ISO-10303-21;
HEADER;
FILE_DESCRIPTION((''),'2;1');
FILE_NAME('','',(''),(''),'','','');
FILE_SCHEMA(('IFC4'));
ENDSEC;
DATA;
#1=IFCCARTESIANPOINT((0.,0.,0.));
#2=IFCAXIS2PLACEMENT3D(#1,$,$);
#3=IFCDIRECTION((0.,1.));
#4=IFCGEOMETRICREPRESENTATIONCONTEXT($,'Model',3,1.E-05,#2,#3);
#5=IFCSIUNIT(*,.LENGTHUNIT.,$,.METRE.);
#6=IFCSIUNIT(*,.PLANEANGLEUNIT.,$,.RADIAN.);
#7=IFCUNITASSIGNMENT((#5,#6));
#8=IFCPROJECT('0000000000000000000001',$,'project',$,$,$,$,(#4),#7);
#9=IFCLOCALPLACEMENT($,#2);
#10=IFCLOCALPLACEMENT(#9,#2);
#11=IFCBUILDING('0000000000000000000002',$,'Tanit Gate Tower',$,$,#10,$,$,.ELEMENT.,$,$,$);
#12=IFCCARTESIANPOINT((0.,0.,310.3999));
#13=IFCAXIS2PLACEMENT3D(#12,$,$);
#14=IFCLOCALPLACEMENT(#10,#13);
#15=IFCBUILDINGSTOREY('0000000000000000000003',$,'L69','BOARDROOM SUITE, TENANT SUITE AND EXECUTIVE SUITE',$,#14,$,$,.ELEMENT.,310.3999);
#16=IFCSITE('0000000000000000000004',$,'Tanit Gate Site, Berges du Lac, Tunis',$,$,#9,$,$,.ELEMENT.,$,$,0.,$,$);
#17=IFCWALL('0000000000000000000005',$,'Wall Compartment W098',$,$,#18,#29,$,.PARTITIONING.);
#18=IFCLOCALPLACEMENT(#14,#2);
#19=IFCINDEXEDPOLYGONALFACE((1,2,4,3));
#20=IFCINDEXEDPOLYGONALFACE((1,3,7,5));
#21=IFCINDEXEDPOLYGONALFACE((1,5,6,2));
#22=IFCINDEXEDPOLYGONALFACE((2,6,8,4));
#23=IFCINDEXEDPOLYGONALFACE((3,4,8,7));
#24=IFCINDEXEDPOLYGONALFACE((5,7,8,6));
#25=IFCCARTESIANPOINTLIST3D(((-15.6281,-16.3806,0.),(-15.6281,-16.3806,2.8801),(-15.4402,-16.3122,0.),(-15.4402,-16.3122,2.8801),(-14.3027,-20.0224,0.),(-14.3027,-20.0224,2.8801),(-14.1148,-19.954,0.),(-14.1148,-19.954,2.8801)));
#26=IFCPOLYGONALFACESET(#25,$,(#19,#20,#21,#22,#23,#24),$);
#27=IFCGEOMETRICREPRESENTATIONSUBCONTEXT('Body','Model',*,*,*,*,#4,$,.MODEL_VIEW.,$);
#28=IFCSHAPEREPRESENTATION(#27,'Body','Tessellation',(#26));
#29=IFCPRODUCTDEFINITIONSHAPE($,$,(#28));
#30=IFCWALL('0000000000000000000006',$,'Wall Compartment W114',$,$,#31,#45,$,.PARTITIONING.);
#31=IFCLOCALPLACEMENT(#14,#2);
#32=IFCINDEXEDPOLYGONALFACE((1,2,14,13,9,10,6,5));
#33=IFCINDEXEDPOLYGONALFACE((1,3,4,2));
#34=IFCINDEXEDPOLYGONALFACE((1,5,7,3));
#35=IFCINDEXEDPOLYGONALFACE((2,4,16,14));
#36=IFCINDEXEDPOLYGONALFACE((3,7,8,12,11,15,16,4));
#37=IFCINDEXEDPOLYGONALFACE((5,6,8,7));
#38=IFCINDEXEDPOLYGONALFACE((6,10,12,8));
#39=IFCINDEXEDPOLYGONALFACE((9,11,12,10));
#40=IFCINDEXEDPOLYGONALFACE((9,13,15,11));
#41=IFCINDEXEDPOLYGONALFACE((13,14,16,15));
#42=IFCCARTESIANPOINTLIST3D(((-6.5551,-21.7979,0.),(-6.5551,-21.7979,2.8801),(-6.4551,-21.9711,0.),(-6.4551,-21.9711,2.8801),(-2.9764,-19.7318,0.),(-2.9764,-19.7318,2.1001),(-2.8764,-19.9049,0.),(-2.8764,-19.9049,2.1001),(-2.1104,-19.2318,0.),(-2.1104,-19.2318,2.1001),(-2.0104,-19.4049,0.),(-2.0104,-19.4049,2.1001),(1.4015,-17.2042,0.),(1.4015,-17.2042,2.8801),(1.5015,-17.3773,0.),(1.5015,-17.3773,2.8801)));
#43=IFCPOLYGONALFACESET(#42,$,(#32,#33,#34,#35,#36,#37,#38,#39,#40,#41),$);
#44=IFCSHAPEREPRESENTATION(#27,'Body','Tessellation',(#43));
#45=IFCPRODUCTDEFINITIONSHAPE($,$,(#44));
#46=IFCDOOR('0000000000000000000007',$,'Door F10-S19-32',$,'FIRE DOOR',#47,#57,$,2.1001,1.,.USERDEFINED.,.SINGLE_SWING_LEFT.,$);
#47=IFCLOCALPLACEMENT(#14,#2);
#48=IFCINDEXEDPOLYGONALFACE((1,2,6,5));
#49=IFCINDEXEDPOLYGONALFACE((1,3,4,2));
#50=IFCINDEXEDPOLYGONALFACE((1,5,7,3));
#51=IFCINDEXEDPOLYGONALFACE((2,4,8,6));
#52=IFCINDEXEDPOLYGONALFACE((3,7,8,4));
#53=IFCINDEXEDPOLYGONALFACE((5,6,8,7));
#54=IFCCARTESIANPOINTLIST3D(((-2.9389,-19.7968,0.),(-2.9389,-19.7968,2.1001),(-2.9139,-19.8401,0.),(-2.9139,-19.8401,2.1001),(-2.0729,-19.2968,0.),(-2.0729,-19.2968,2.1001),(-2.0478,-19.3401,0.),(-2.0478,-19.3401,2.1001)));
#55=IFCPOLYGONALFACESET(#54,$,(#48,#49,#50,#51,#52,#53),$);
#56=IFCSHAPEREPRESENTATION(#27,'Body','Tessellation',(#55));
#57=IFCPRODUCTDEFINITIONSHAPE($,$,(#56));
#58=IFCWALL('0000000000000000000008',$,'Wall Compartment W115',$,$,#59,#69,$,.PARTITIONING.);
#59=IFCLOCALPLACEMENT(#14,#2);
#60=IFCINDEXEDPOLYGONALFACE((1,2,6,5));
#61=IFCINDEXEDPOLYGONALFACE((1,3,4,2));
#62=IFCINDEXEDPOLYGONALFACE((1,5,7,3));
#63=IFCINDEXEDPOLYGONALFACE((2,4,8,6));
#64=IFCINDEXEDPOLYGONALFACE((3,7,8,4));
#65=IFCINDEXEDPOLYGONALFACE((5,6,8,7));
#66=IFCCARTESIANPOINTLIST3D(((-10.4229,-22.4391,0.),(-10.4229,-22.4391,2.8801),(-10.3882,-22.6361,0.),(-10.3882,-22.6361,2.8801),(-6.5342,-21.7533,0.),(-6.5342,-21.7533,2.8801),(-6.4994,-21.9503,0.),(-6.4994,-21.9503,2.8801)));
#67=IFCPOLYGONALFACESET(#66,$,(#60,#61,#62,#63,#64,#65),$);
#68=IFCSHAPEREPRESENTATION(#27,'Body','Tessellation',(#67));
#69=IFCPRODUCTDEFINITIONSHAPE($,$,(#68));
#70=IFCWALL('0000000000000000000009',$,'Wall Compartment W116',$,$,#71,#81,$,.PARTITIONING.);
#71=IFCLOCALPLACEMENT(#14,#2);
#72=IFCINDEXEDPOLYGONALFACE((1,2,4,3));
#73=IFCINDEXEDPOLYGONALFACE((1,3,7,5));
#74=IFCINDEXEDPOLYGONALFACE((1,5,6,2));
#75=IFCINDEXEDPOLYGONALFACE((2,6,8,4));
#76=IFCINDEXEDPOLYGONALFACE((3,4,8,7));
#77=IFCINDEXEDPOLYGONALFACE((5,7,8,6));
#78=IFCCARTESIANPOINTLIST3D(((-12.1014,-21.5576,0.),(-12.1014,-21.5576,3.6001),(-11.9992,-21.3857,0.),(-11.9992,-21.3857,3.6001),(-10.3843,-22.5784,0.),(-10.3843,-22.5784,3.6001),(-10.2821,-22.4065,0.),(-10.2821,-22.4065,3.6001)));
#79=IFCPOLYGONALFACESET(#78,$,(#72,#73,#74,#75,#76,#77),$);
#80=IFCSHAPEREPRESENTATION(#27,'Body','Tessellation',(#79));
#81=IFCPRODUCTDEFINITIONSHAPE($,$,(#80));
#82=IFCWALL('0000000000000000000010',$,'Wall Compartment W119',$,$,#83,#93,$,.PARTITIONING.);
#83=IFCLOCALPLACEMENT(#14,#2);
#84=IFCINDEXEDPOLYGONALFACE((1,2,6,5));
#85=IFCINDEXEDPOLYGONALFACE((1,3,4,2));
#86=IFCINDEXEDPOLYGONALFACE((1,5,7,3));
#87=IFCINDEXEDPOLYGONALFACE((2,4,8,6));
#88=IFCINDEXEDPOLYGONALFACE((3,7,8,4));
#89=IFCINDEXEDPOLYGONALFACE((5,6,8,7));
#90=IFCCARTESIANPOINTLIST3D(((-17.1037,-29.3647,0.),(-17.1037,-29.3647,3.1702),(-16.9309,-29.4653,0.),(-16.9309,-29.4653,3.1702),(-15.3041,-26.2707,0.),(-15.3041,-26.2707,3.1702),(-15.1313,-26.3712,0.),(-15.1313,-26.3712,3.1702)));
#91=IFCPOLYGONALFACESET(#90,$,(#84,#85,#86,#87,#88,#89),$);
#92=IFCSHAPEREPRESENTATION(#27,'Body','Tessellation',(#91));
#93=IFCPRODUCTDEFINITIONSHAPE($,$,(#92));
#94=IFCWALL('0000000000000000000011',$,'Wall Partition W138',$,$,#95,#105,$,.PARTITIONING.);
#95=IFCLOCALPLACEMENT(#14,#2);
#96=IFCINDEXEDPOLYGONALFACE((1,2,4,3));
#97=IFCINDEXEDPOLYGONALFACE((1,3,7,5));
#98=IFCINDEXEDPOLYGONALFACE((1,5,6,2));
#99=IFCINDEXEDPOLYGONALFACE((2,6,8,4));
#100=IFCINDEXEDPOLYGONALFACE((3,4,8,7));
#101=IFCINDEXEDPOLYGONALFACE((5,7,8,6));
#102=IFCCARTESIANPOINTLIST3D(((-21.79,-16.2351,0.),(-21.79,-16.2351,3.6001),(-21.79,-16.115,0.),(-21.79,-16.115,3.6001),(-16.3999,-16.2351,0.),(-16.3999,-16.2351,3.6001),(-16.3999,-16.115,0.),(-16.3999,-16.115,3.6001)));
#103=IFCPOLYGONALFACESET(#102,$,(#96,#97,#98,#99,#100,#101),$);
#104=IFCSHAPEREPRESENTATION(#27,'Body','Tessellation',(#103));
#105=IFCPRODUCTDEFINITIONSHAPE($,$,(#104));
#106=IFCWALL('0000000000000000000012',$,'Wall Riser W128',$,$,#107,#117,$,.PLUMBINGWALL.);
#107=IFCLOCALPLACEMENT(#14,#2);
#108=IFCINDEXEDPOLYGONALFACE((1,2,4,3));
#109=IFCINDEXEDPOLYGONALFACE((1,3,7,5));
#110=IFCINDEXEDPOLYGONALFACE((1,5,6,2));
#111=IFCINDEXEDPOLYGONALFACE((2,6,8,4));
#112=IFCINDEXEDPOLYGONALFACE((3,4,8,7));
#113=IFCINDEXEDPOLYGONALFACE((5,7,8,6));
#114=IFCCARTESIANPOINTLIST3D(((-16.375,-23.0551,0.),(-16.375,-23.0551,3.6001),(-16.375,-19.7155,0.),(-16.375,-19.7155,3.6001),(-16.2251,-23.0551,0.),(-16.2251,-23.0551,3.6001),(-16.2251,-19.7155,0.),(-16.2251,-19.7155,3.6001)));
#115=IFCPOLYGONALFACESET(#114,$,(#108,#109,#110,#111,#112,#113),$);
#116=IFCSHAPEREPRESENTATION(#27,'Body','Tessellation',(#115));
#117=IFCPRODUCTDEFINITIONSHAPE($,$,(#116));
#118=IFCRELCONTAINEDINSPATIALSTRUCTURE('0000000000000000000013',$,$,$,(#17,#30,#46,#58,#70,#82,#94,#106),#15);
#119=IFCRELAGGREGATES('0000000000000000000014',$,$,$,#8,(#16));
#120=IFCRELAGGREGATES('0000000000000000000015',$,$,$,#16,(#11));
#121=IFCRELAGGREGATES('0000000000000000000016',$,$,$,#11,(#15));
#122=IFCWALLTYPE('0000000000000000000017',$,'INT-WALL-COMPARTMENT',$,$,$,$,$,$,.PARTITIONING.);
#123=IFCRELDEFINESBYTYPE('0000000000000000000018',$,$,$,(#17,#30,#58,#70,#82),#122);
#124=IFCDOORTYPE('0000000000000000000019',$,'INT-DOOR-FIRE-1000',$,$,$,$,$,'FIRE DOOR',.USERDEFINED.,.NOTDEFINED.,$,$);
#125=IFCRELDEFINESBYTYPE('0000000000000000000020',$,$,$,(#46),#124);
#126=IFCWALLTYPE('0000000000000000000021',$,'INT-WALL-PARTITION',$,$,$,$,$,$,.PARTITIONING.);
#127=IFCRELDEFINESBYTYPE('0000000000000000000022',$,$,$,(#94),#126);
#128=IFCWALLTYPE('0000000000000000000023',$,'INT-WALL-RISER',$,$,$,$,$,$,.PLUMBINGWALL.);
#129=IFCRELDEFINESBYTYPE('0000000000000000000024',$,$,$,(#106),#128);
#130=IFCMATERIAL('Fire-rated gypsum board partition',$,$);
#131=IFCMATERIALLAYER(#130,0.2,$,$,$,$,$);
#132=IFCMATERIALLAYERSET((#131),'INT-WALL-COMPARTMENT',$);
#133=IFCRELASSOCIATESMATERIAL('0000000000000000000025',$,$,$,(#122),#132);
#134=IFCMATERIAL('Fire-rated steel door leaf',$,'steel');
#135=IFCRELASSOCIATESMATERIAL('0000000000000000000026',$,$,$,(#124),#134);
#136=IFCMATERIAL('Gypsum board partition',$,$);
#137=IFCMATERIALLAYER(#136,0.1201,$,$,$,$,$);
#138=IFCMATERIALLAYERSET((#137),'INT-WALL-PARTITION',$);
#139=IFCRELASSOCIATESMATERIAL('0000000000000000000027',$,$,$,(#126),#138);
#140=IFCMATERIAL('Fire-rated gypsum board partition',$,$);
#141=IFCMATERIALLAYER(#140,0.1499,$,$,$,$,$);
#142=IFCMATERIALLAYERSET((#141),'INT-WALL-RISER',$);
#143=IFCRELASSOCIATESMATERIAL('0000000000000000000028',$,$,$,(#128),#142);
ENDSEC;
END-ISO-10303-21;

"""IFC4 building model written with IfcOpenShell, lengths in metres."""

from ifc_helpers import new_model, si_unit, direction, frame, frame_2d, origin, place, context, subcontext, project, spatial, rectangle, extrude, material, layer, layer_set, type_object, element, fill, save


model = new_model("IFC4")

# Units and contexts
model_context = context("Model", 3, precision=1e-05, world=origin(), true_north=direction((0.0, 1.0)))
body_context = subcontext(model_context, "Body", "Model", "MODEL_VIEW")
ifc_project = project(units=[si_unit("LENGTHUNIT", "METRE"), si_unit("PLANEANGLEUNIT", "RADIAN")], contexts=[model_context])

# Site, building, storey
site_placement = place(None, origin())
site = spatial("IfcSite", under=ifc_project, at=site_placement, Name="Tanit Gate Site, Berges du Lac, Tunis", CompositionType="ELEMENT", RefElevation=0.0)
building_placement = place(site_placement, origin())
building = spatial("IfcBuilding", under=site, at=building_placement, Name="Tanit Gate Tower", CompositionType="ELEMENT")
storey_placement = place(building_placement, frame((0.0, 0.0, 310.3999)))
storey = spatial("IfcBuildingStorey", under=building, at=storey_placement, Name="L69", Description="BOARDROOM SUITE, TENANT SUITE AND EXECUTIVE SUITE", CompositionType="ELEMENT", Elevation=310.3999)

# Wall
ifc_material_1 = material(Name="Fire-rated gypsum board partition")
ifc_layer_1 = layer(ifc_material_1, 0.2)
ifc_layer_set_1 = layer_set([ifc_layer_1], Name="INT-WALL-COMPARTMENT")
wall_type_1 = type_object("IfcWallType", Name="INT-WALL-COMPARTMENT", PredefinedType="PARTITIONING", material=ifc_layer_set_1)
wall_1_placement = place(storey_placement, frame((-15.5342, -16.3464, 0.0), z_axis=(0.0, 0.0, 1.0), x_axis=(0.342001, -0.9397, 0.0)))
element("IfcWall", 1, at=wall_1_placement, inside=storey, type_object=wall_type_1, Name="Wall Compartment W098", PredefinedType="PARTITIONING", context=body_context, shape_type="SweptSolid", body=[
    extrude(rectangle(XDim=3.8755, YDim=0.2, at=frame_2d((1.9377, 0.0))), origin(), (0.0, 0.0, 1.0), 2.8801),
])

# Wall, opening, door
wall_2_placement = place(storey_placement, frame((-6.5051, -21.8845, 0.0), z_axis=(0.0, 0.0, 1.0), x_axis=(0.866024, 0.500003, 0.0)))
wall_2 = element("IfcWall", 2, at=wall_2_placement, inside=storey, type_object=wall_type_1, Name="Wall Compartment W114", PredefinedType="PARTITIONING", context=body_context, shape_type="SweptSolid", body=[
    extrude(rectangle(XDim=9.1875, YDim=0.2, at=frame_2d((4.5938, 0.0))), origin(), (0.0, 0.0, 1.0), 2.8801),
])
opening_1_placement = place(wall_2_placement, frame((4.1323, 0.0, 0.0)))
opening_1 = element("IfcOpeningElement", 3, at=opening_1_placement, cuts=wall_2, PredefinedType="OPENING", context=body_context, shape_type="SweptSolid", body=[
    extrude(rectangle(XDim=1.0, YDim=2.1001, at=frame_2d((0.5, 1.05))), frame((0.0, 0.1099, 0.0), z_axis=(0.0, -1.0, 0.0), x_axis=(1.0, 0.0, 0.0)), (0.0, 0.0, 1.0), 0.22),
])
ifc_material_2 = material(Name="Fire-rated steel door leaf", Category="steel")
door_type_1 = type_object("IfcDoorType", Name="INT-DOOR-FIRE-1000", ElementType="FIRE DOOR", OperationType="NOTDEFINED", PredefinedType="USERDEFINED", material=ifc_material_2)
door_1_placement = place(opening_1_placement, origin())
door_1 = element("IfcDoor", 4, at=door_1_placement, inside=storey, type_object=door_type_1, Name="Door F10-S19-32", ObjectType="FIRE DOOR", OperationType="SINGLE_SWING_LEFT", OverallHeight=2.1001, OverallWidth=1.0, PredefinedType="USERDEFINED", context=body_context, shape_type="SweptSolid", body=[
    extrude(rectangle(XDim=1.0, YDim=2.1001, at=frame_2d((0.5, 1.05))), frame((0.0, 0.0249, 0.0), z_axis=(0.0, -1.0, 0.0), x_axis=(1.0, 0.0, 0.0)), (0.0, 0.0, 1.0), 0.05),
])
fill(opening_1, door_1)

# Walls
wall_3_placement = place(storey_placement, frame((-10.4055, -22.5376, 0.0), z_axis=(0.0, 0.0, 1.0), x_axis=(0.984803, 0.173676, 0.0)))
element("IfcWall", 5, at=wall_3_placement, inside=storey, type_object=wall_type_1, Name="Wall Compartment W115", PredefinedType="PARTITIONING", context=body_context, shape_type="SweptSolid", body=[
    extrude(rectangle(XDim=3.9487, YDim=0.2, at=frame_2d((1.9744, 0.0))), origin(), (0.0, 0.0, 1.0), 2.8801),
])
wall_4_placement = place(storey_placement, frame((-12.0503, -21.4717, 0.0), z_axis=(0.0, 0.0, 1.0), x_axis=(0.859578, -0.511005, 0.0)))
element("IfcWall", 6, at=wall_4_placement, inside=storey, type_object=wall_type_1, Name="Wall Compartment W116", PredefinedType="PARTITIONING", context=body_context, shape_type="SweptSolid", body=[
    extrude(rectangle(XDim=1.9976, YDim=0.2, at=frame_2d((0.9988, 0.0))), origin(), (0.0, 0.0, 1.0), 3.6001),
])
wall_5_placement = place(storey_placement, frame((-15.2178, -26.321, 0.0), z_axis=(0.0, 0.0, 1.0), x_axis=(-0.502772, -0.864419, 0.0)))
element("IfcWall", 7, at=wall_5_placement, inside=storey, type_object=wall_type_1, Name="Wall Compartment W119", PredefinedType="PARTITIONING", context=body_context, shape_type="SweptSolid", body=[
    extrude(rectangle(XDim=3.5793, YDim=0.2, at=frame_2d((1.7896, 0.0))), origin(), (0.0, 0.0, 1.0), 3.1702),
])
ifc_material_3 = material(Name="Gypsum board partition")
ifc_layer_2 = layer(ifc_material_3, 0.1201)
ifc_layer_set_2 = layer_set([ifc_layer_2], Name="INT-WALL-PARTITION")
wall_type_2 = type_object("IfcWallType", Name="INT-WALL-PARTITION", PredefinedType="PARTITIONING", material=ifc_layer_set_2)
wall_6_placement = place(storey_placement, frame((-16.3999, -16.175, 0.0), z_axis=(0.0, 0.0, 1.0), x_axis=(-1.0, 0.0, 0.0)))
element("IfcWall", 8, at=wall_6_placement, inside=storey, type_object=wall_type_2, Name="Wall Partition W138", PredefinedType="PARTITIONING", context=body_context, shape_type="SweptSolid", body=[
    extrude(rectangle(XDim=5.3901, YDim=0.1201, at=frame_2d((2.6951, 0.0))), origin(), (0.0, 0.0, 1.0), 3.6001),
])
ifc_material_4 = material(Name="Fire-rated gypsum board partition")
ifc_layer_3 = layer(ifc_material_4, 0.1499)
ifc_layer_set_3 = layer_set([ifc_layer_3], Name="INT-WALL-RISER")
wall_type_3 = type_object("IfcWallType", Name="INT-WALL-RISER", PredefinedType="PLUMBINGWALL", material=ifc_layer_set_3)
wall_7_placement = place(storey_placement, frame((-16.3, -19.7153, 0.0), z_axis=(0.0, 0.0, 1.0), x_axis=(0.0, -1.0, 0.0)))
element("IfcWall", 9, at=wall_7_placement, inside=storey, type_object=wall_type_3, Name="Wall Riser W128", PredefinedType="PLUMBINGWALL", context=body_context, shape_type="SweptSolid", body=[
    extrude(rectangle(XDim=3.3396, YDim=0.1499, at=frame_2d((1.6699, 0.0))), origin(), (0.0, 0.0, 1.0), 3.6001),
])

save(model, "model.ifc")
